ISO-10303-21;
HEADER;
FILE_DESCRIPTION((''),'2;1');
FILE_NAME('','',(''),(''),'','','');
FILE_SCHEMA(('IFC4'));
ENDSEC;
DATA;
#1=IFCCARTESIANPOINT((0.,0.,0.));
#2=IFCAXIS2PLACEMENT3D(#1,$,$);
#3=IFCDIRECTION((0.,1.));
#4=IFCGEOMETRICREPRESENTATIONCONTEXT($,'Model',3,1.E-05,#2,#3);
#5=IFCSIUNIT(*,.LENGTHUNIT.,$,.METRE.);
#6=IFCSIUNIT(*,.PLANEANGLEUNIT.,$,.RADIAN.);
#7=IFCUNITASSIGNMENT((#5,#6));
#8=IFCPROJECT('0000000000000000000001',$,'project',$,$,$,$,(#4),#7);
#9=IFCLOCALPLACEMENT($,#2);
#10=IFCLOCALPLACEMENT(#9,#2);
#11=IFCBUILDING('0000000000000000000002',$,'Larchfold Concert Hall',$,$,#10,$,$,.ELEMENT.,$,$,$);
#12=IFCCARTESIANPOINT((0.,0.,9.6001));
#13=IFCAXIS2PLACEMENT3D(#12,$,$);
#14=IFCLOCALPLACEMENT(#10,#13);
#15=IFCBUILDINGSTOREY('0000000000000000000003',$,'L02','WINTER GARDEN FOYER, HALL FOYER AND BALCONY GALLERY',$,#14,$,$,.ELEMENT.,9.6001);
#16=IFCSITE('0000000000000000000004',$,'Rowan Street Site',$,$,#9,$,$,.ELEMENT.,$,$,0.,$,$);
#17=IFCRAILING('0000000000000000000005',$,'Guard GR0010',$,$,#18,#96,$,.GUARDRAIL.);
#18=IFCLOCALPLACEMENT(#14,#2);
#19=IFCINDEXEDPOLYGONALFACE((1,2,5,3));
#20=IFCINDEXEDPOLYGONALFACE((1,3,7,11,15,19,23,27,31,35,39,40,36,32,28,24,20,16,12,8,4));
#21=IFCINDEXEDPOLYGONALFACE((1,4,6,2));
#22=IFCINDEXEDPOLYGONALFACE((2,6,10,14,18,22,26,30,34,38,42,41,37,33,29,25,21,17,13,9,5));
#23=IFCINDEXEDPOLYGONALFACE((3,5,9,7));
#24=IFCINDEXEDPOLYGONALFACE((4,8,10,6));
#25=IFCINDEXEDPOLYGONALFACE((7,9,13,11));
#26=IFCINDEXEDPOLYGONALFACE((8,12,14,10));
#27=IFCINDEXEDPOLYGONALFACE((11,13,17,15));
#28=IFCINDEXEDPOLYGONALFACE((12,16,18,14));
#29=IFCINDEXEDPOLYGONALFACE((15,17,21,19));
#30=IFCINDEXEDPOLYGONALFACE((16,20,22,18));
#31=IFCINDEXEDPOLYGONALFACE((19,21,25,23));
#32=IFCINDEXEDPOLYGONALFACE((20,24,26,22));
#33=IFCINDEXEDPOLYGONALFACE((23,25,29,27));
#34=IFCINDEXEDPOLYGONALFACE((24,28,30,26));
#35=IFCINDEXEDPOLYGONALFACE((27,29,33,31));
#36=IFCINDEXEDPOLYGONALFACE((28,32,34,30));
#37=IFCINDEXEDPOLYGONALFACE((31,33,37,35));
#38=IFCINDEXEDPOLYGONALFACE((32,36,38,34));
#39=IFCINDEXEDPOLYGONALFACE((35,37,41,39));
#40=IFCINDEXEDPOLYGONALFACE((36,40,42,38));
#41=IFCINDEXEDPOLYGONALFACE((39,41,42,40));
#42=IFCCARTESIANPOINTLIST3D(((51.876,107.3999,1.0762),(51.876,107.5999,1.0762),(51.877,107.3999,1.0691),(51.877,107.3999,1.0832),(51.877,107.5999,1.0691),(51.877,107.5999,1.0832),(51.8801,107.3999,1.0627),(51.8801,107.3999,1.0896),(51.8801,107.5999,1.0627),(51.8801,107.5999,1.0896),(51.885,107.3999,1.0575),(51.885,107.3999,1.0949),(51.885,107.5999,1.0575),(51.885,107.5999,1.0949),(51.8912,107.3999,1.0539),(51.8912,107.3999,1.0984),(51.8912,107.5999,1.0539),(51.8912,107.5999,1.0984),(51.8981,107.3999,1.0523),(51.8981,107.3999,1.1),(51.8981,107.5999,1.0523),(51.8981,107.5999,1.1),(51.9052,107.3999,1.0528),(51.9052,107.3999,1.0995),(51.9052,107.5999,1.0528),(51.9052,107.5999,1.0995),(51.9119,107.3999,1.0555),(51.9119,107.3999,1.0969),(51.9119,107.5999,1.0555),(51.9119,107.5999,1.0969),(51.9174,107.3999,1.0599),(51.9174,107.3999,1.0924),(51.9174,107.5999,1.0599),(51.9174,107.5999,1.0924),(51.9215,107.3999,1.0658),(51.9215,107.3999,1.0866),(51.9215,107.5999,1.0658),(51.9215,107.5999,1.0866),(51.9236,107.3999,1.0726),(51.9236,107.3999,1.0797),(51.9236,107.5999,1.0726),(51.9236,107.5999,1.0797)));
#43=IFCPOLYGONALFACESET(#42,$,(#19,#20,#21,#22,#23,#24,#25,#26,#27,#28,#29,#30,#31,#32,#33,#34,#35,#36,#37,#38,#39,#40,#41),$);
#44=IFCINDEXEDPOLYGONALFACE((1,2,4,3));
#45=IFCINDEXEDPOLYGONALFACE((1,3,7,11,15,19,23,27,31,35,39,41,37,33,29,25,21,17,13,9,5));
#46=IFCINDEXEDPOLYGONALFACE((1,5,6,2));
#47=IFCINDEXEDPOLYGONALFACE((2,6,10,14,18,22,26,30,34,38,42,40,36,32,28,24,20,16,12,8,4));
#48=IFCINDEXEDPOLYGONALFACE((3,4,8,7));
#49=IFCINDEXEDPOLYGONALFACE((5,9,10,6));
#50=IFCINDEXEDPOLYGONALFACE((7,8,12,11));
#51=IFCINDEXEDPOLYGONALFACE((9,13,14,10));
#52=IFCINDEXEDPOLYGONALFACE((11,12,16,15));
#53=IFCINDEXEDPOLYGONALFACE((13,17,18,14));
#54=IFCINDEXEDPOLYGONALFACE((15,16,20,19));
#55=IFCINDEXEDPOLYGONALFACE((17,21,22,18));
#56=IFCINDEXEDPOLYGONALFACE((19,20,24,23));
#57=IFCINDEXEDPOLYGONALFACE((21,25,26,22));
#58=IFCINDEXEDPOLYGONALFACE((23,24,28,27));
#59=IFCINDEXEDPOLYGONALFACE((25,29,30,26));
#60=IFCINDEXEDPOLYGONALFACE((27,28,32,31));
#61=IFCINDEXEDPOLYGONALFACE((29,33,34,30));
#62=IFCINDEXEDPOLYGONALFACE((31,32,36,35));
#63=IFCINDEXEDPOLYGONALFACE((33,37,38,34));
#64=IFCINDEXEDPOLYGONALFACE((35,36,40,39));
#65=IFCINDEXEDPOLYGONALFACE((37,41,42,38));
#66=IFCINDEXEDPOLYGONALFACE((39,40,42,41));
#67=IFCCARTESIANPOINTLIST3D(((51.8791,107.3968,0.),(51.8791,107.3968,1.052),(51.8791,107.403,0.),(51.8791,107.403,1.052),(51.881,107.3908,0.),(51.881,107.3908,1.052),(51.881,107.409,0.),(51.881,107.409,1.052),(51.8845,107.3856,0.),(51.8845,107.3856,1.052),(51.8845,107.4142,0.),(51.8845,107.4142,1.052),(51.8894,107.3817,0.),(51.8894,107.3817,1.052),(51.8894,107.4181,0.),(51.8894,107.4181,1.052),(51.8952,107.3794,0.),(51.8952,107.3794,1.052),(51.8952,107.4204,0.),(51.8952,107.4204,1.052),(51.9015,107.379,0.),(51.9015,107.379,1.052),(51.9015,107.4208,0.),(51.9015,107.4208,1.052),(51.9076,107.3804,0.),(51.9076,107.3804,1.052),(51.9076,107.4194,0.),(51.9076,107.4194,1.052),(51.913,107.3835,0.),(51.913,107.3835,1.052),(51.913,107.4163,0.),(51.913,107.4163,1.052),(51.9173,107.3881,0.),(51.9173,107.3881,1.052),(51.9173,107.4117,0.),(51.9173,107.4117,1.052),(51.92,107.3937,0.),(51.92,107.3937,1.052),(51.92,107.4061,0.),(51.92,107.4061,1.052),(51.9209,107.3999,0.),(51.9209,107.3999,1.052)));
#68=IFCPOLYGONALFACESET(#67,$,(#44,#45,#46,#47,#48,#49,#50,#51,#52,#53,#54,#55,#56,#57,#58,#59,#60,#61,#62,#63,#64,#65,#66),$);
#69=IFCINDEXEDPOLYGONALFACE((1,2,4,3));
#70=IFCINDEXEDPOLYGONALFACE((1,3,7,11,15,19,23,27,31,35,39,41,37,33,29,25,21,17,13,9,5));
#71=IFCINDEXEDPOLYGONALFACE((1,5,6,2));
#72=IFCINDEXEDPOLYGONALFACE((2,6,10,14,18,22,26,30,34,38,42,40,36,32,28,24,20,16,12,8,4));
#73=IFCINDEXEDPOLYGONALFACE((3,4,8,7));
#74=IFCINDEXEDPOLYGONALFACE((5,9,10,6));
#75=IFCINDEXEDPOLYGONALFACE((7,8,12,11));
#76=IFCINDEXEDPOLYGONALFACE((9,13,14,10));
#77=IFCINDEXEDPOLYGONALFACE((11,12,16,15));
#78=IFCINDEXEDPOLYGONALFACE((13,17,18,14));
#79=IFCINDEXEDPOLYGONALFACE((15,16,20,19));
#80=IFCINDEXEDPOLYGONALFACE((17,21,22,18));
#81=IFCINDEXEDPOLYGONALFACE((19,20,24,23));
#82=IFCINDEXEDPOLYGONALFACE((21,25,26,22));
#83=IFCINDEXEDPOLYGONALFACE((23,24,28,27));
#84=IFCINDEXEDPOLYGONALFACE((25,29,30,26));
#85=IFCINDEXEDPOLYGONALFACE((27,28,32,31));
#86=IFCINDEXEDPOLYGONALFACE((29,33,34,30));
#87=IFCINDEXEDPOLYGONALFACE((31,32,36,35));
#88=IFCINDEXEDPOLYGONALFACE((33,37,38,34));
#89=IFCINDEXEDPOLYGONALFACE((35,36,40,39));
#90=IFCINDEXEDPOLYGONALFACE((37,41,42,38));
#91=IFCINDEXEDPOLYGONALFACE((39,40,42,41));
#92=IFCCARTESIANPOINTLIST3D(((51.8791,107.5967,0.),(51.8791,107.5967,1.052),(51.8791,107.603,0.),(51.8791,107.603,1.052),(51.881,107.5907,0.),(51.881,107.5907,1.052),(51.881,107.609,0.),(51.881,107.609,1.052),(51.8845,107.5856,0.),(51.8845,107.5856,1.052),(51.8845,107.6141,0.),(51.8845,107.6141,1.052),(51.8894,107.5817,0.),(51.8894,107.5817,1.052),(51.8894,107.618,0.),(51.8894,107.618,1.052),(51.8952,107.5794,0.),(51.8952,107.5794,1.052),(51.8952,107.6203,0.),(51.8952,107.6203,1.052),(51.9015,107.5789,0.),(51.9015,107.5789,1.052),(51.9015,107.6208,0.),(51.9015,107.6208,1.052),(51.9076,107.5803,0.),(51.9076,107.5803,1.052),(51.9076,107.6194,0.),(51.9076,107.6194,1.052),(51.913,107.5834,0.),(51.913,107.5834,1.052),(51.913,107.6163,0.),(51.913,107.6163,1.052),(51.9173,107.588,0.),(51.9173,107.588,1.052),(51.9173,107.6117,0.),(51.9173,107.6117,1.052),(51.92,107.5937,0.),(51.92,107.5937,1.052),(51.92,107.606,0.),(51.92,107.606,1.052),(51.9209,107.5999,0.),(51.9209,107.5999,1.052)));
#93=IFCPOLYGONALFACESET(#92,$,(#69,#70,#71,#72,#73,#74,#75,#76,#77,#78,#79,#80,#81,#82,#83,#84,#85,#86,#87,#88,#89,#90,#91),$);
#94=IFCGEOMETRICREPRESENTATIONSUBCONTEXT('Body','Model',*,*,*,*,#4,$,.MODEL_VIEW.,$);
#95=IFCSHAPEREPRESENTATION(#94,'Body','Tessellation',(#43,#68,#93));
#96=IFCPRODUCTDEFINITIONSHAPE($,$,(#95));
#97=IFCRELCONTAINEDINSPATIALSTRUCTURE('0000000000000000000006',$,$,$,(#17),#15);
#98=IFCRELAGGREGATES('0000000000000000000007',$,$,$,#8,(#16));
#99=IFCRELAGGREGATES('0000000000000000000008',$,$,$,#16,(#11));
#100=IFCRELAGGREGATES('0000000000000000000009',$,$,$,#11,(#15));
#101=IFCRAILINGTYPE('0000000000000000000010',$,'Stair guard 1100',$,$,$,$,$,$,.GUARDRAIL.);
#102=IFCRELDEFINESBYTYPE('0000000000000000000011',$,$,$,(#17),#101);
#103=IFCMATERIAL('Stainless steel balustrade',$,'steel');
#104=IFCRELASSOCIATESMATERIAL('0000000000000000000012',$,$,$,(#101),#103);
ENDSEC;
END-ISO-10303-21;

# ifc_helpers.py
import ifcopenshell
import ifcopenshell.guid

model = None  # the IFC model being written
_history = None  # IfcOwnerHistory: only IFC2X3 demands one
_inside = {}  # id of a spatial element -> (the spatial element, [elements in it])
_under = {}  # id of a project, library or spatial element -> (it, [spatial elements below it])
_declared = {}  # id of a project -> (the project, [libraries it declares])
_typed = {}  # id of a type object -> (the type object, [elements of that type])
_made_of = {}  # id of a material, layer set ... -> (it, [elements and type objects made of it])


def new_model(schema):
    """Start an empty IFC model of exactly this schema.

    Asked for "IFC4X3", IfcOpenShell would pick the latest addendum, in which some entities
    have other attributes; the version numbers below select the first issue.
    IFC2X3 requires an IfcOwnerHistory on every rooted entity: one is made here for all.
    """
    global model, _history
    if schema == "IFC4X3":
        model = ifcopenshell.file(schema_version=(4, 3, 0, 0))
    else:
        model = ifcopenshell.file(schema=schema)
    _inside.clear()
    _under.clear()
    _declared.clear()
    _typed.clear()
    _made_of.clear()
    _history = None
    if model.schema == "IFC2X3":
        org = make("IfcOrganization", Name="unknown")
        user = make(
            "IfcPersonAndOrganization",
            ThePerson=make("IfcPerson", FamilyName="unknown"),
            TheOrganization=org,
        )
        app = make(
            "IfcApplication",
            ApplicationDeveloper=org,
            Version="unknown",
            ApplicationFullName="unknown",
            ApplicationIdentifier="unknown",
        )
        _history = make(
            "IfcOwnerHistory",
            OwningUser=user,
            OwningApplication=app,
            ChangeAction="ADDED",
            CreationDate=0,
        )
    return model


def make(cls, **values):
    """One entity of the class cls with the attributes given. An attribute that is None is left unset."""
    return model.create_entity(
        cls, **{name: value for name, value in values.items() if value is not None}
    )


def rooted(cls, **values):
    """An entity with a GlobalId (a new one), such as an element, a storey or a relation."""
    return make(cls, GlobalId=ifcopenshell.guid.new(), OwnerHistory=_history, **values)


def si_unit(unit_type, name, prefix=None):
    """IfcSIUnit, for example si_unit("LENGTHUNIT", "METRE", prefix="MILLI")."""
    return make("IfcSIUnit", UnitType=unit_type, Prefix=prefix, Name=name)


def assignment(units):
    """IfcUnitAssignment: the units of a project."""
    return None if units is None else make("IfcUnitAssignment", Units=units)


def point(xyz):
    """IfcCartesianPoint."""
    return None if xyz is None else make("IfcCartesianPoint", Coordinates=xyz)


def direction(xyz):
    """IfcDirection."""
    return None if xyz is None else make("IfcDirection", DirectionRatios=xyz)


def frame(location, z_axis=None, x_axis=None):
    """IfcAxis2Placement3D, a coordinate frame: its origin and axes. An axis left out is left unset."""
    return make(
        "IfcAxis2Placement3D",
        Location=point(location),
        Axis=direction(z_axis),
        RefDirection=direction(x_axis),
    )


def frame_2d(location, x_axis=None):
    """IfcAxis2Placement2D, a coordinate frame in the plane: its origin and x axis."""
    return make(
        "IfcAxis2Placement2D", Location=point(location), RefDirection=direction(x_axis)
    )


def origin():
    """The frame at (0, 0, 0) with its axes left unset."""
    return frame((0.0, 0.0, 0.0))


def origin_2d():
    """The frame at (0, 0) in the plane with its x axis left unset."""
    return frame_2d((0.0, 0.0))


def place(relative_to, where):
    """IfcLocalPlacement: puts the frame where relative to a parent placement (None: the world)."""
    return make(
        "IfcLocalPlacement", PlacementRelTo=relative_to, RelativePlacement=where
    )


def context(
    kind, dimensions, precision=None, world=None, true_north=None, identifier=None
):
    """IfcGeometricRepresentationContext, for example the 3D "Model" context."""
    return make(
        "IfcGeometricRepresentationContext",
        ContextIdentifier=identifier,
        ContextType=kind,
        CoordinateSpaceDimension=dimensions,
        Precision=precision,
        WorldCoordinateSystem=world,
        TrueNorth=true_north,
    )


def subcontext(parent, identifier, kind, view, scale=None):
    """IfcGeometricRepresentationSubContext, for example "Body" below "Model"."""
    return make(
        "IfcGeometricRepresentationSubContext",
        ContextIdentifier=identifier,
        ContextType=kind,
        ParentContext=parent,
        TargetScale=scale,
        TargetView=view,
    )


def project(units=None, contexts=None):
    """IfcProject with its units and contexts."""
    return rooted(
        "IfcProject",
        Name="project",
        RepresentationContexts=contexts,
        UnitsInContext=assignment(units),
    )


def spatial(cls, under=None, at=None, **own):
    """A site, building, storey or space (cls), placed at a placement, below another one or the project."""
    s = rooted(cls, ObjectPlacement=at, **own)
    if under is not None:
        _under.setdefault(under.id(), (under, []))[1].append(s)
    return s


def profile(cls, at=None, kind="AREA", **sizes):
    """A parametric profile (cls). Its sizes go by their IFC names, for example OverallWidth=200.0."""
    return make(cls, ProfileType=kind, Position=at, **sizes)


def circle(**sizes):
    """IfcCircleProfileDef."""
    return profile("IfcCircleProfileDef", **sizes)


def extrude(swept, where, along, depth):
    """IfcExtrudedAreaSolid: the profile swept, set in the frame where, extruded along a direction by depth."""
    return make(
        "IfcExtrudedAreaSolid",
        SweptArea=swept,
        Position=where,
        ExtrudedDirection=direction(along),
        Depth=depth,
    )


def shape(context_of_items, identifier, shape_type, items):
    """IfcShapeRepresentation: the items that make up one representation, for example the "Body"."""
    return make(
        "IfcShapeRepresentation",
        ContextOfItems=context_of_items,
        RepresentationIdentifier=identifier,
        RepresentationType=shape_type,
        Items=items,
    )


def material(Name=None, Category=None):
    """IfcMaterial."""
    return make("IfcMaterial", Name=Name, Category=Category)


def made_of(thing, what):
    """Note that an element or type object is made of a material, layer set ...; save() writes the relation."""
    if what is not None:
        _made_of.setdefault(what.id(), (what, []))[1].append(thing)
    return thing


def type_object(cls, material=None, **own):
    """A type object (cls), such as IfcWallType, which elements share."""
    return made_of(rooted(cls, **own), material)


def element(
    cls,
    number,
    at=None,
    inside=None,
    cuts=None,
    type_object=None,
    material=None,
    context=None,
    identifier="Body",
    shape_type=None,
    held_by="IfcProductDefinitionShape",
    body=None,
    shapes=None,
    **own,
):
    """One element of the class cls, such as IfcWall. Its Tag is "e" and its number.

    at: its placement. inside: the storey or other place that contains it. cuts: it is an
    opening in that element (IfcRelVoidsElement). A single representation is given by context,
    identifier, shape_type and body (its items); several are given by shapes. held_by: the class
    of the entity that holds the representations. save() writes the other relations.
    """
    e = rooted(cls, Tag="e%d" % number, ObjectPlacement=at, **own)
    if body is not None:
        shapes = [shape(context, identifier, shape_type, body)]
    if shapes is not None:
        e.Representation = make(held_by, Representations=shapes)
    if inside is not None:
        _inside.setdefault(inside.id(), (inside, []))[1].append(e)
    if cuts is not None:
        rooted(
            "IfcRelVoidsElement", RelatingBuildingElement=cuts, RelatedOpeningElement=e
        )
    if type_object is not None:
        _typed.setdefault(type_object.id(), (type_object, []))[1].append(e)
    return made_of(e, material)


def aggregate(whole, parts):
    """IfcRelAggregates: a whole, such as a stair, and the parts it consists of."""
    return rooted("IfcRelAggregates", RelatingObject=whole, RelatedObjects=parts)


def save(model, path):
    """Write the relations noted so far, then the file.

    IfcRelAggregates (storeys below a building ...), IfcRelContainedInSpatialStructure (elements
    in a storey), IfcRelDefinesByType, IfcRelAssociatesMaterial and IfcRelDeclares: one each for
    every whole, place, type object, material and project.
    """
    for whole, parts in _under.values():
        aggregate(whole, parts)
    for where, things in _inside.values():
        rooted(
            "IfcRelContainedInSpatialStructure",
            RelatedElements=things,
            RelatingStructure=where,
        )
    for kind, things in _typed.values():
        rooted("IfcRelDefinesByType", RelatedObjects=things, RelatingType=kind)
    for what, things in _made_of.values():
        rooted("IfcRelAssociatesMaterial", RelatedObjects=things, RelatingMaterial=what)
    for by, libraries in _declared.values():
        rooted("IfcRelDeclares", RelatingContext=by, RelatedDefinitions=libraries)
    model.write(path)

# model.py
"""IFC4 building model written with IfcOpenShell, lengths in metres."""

from ifc_helpers import new_model, si_unit, direction, frame, origin, origin_2d, place, context, subcontext, project, spatial, circle, extrude, material, type_object, element, save


model = new_model("IFC4")

# Units and contexts
model_context = context("Model", 3, precision=1e-05, world=origin(), true_north=direction((0.0, 1.0)))
body_context = subcontext(model_context, "Body", "Model", "MODEL_VIEW")
ifc_project = project(units=[si_unit("LENGTHUNIT", "METRE"), si_unit("PLANEANGLEUNIT", "RADIAN")], contexts=[model_context])

# Site, building, storey
site_placement = place(None, origin())
site = spatial("IfcSite", under=ifc_project, at=site_placement, Name="Rowan Street Site", CompositionType="ELEMENT", RefElevation=0.0)
building_placement = place(site_placement, origin())
building = spatial("IfcBuilding", under=site, at=building_placement, Name="Larchfold Concert Hall", CompositionType="ELEMENT")
storey_placement = place(building_placement, frame((0.0, 0.0, 9.6001)))
storey = spatial("IfcBuildingStorey", under=building, at=storey_placement, Name="L02", Description="WINTER GARDEN FOYER, HALL FOYER AND BALCONY GALLERY", CompositionType="ELEMENT", Elevation=9.6001)

# Railing
ifc_material_1 = material(Name="Stainless steel balustrade", Category="steel")
railing_type_1 = type_object("IfcRailingType", Name="Stair guard 1100", PredefinedType="GUARDRAIL", material=ifc_material_1)
railing_1_placement = place(storey_placement, frame((51.8999, 107.3999, 0.0)))
element("IfcRailing", 1, at=railing_1_placement, inside=storey, type_object=railing_type_1, Name="Guard GR0010", PredefinedType="GUARDRAIL", context=body_context, shape_type="SweptSolid", body=[
    extrude(circle(Radius=0.0239, at=origin_2d()), frame((0.0, 0.0, 1.0762), z_axis=(0.0, 1.0, 0.0), x_axis=(-1.0, 0.0, 0.0)), (0.0, 0.0, 1.0), 0.2),
    extrude(circle(Radius=0.021, at=origin_2d()), origin(), (0.0, 0.0, 1.0), 1.052),
    extrude(circle(Radius=0.021, at=origin_2d()), frame((0.0, 0.2, 0.0)), (0.0, 0.0, 1.0), 1.052),
])

save(model, "model.ifc")
